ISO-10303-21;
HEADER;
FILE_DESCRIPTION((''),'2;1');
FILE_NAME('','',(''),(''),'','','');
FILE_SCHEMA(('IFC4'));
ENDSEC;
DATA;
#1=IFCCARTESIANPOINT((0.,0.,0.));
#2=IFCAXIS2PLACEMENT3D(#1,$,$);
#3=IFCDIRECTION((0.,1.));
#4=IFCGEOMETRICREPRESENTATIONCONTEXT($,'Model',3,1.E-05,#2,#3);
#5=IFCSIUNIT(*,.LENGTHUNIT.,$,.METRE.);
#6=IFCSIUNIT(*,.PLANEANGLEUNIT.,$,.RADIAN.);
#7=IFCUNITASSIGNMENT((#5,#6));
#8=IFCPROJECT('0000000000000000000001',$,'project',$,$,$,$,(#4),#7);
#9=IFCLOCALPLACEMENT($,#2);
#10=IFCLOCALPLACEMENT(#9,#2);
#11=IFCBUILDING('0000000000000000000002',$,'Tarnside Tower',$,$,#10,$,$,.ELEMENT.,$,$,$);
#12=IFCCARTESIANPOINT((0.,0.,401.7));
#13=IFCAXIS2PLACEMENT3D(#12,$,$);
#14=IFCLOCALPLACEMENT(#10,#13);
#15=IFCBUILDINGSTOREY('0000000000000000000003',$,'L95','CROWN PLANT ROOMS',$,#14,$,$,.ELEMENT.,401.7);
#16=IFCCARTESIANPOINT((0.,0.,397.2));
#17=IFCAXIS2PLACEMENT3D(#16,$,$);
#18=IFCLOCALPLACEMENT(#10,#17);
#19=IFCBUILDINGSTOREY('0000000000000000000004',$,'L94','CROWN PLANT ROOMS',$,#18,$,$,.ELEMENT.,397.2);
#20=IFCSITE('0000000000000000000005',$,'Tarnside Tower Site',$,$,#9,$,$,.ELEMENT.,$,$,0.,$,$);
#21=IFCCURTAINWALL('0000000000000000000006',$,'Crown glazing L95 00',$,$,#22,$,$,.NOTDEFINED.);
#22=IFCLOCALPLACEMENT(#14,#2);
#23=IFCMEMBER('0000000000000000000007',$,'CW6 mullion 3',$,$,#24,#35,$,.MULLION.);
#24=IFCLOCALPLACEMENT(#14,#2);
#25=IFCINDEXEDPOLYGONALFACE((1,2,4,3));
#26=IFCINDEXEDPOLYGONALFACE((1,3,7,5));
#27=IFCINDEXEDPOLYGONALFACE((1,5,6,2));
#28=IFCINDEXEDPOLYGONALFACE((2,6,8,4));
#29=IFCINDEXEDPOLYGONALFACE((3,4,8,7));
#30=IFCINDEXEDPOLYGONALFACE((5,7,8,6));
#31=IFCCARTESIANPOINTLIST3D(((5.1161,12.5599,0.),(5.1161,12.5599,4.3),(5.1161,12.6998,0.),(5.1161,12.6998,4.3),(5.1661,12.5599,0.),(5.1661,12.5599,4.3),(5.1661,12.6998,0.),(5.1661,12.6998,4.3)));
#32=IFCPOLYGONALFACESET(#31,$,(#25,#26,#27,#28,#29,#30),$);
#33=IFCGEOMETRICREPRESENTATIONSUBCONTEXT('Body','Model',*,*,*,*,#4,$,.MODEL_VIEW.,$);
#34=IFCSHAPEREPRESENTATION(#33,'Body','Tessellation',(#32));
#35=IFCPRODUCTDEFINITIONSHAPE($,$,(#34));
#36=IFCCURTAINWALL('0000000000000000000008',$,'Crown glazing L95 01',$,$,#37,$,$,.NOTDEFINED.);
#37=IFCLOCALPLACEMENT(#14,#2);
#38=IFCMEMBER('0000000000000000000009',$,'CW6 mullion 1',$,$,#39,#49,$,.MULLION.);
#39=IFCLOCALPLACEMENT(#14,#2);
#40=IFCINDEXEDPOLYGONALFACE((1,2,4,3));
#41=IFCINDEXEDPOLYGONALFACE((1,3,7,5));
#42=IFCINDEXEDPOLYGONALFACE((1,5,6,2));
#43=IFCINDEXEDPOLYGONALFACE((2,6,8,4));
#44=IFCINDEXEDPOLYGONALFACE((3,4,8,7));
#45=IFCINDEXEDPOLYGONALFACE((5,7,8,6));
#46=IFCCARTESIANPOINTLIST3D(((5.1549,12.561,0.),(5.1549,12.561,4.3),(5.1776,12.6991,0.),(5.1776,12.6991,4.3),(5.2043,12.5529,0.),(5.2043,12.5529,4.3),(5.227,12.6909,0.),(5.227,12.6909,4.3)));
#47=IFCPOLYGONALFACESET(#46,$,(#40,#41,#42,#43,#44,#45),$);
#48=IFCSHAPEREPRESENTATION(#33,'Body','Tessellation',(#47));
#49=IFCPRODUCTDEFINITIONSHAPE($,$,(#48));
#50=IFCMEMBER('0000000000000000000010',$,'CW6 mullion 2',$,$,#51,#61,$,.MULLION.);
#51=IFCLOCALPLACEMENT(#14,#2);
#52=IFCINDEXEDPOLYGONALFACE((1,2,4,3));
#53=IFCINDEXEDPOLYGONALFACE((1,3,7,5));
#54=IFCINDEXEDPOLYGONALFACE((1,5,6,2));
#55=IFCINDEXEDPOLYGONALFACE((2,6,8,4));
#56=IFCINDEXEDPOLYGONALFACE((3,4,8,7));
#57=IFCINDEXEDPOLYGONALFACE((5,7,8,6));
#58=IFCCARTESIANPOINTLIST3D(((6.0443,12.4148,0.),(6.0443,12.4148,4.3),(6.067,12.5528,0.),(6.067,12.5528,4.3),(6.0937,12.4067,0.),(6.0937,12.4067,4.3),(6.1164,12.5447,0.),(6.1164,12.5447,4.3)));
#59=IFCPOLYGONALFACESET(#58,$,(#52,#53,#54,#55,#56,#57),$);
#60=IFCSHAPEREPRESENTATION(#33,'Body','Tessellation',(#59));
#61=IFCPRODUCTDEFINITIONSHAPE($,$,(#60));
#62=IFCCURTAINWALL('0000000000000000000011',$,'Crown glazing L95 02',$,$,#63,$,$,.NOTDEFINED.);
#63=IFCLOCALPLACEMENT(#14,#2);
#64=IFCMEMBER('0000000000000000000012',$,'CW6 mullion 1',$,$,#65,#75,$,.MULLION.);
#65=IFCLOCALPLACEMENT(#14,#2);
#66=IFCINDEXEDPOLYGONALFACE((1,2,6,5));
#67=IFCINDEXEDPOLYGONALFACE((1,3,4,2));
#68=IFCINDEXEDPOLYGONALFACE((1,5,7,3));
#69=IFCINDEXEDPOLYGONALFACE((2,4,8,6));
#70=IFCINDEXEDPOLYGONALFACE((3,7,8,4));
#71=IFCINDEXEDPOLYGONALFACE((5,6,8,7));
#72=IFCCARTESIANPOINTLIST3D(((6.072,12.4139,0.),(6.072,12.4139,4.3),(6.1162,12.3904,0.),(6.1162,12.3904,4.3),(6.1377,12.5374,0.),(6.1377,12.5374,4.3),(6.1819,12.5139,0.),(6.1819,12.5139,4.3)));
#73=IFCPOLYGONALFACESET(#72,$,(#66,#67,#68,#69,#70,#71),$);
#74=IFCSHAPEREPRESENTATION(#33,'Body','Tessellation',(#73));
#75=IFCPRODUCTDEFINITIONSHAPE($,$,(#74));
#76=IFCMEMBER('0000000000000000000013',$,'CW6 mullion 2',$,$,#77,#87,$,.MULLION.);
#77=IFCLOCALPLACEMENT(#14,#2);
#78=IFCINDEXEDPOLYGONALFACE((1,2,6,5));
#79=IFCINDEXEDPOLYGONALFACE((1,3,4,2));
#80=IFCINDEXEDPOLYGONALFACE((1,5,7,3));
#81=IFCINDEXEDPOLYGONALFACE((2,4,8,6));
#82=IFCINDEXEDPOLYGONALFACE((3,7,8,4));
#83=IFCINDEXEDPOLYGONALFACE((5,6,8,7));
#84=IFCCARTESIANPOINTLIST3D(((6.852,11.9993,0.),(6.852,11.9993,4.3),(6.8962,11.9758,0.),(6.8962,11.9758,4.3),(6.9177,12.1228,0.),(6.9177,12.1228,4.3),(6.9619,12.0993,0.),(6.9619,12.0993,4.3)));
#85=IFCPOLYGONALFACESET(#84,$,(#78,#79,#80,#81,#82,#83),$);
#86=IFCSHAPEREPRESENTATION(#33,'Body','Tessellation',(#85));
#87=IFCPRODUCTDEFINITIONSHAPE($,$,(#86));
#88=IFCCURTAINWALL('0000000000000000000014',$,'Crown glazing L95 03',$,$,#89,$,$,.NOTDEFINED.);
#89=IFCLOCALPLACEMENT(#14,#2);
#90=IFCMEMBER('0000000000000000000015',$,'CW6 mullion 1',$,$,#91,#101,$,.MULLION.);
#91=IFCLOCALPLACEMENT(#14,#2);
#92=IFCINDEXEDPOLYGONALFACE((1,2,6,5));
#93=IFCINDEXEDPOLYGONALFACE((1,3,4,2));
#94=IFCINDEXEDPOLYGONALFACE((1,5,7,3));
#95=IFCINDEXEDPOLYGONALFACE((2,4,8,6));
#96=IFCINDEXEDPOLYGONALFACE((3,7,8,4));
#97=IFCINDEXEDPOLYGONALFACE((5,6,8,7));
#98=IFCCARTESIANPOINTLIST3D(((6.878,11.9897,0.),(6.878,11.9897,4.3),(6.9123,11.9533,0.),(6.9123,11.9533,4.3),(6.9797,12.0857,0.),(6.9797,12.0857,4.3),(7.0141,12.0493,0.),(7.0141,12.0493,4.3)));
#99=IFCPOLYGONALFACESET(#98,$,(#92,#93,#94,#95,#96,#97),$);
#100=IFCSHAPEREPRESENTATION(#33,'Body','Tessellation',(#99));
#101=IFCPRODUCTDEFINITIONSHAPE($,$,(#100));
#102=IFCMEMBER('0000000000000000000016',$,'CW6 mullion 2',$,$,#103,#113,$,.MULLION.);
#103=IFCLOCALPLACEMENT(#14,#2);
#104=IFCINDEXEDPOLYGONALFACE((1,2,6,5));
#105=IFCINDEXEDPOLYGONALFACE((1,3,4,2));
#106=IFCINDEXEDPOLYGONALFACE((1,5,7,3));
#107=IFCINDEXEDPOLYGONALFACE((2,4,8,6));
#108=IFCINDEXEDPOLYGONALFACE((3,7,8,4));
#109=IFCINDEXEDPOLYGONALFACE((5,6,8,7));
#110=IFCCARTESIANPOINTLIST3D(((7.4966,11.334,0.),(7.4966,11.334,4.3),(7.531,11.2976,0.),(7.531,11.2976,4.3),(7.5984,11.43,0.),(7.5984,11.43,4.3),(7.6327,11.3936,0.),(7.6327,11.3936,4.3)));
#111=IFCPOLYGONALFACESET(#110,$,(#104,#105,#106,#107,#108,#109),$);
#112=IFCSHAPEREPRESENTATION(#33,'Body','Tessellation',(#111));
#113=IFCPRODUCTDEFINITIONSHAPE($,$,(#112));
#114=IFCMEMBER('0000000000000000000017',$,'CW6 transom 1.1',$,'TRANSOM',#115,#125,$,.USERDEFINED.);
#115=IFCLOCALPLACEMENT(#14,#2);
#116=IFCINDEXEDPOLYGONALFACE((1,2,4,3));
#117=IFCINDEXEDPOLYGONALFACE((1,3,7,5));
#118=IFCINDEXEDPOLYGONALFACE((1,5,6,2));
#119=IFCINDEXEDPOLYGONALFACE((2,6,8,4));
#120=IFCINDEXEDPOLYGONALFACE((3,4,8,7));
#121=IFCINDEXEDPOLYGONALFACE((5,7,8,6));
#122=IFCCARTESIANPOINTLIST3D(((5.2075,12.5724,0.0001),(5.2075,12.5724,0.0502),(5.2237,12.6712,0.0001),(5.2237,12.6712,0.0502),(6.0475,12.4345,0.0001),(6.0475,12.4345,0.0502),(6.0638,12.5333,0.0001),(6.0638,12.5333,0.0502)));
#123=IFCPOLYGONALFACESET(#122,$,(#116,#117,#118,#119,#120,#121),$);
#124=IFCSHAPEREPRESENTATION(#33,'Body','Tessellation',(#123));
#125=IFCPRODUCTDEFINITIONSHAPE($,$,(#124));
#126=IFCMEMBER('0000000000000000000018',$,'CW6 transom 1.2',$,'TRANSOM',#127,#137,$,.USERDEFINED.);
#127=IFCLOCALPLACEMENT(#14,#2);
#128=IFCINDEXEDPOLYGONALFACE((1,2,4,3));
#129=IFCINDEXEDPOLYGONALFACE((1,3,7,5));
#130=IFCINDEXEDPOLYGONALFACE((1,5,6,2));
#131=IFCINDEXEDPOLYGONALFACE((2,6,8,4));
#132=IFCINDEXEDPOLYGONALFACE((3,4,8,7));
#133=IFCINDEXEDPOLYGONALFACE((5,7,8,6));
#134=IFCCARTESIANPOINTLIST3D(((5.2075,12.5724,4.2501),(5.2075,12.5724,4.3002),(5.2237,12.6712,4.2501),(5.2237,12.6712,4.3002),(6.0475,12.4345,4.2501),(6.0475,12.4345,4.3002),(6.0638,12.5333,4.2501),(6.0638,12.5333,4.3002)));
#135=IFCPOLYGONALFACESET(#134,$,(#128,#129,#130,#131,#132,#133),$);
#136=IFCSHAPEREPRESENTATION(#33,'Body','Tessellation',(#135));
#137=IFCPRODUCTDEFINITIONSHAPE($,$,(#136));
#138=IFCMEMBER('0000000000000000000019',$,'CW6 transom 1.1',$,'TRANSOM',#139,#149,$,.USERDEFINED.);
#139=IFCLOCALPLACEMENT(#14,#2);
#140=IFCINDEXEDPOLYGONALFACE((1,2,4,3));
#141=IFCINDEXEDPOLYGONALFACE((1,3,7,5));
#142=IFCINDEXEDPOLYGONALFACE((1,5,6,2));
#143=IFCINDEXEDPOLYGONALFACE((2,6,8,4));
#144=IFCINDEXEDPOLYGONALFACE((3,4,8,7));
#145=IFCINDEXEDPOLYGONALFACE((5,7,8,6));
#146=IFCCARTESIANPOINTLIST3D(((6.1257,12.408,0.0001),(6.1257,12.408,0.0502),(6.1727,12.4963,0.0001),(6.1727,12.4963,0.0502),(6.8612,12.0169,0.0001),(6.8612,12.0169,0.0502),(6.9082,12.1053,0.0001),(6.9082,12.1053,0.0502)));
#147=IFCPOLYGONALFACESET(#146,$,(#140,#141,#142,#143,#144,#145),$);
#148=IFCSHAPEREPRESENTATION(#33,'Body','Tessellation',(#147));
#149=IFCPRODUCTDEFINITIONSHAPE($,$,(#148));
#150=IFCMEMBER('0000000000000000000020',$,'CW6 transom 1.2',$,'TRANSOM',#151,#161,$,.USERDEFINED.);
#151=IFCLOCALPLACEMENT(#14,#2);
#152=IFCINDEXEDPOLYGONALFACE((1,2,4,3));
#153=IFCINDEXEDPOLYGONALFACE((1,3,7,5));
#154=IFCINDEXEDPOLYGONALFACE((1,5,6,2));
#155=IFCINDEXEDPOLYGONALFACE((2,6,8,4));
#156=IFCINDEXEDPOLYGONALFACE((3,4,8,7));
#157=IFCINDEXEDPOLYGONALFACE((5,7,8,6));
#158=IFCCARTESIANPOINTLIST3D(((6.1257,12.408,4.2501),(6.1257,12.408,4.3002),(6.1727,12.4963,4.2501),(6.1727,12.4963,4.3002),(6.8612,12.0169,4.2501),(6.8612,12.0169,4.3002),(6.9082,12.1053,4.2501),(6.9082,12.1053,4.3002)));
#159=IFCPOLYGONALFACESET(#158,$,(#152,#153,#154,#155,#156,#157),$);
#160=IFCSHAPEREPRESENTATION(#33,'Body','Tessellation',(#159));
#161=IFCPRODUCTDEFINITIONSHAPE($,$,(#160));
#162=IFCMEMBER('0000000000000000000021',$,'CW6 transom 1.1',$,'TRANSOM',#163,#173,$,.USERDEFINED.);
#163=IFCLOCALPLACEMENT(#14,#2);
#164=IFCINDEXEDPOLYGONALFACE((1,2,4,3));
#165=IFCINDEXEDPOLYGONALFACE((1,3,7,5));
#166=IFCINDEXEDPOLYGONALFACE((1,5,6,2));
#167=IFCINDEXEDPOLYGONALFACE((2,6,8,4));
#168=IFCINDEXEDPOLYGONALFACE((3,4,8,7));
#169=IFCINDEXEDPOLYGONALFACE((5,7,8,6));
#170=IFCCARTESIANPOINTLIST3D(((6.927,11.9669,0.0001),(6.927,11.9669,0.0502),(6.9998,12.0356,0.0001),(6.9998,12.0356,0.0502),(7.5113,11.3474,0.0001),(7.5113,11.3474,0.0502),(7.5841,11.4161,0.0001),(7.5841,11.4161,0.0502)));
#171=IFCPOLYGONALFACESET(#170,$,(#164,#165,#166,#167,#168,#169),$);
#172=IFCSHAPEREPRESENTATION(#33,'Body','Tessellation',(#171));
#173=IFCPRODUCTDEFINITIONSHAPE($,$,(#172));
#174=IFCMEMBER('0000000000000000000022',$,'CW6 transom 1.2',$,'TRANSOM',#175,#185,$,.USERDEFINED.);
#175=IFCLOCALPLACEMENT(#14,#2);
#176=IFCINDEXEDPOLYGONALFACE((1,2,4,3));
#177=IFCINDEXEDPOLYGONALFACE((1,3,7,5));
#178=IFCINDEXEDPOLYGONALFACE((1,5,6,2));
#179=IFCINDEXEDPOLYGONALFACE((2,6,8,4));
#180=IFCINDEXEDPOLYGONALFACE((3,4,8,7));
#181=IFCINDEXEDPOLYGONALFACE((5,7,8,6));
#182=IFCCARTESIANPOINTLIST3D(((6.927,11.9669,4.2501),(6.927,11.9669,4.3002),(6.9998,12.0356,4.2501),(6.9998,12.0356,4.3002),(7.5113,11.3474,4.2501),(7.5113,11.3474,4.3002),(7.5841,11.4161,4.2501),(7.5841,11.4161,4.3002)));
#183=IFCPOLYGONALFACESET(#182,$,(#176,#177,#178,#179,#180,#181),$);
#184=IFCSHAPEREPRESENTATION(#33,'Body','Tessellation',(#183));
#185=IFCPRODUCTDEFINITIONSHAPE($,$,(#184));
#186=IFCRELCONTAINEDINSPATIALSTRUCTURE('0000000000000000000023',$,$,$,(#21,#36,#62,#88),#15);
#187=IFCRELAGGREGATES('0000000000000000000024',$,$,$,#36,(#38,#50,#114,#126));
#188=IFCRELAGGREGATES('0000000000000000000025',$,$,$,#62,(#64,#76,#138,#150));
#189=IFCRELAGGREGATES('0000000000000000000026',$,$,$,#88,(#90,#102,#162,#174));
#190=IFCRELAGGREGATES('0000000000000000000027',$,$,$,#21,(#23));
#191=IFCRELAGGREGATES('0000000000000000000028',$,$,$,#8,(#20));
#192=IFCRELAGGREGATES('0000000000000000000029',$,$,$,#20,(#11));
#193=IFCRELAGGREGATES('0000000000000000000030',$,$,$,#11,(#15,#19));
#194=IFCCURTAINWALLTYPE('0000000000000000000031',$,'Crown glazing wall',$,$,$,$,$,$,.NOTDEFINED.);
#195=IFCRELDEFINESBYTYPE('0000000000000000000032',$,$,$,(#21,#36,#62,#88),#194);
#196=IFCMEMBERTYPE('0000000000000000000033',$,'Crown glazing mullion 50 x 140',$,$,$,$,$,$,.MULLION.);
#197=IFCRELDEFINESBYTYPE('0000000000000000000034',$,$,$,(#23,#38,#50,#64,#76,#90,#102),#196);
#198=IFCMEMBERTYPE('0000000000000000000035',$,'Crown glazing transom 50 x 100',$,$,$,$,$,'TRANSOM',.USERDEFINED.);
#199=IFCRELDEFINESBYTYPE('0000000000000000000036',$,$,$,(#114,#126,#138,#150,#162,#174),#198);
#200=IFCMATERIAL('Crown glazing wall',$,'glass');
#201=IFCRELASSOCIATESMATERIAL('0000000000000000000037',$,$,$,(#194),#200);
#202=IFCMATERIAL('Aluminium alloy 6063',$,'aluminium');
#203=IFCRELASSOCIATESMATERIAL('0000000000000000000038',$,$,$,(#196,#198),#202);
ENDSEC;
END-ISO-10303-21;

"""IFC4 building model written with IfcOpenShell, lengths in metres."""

from ifc_helpers import new_model, si_unit, direction, frame, origin, origin_2d, place, context, subcontext, project, spatial, rectangle, extrude, material, material_profile, profile_set, type_object, element, aggregate, save


model = new_model("IFC4")

# Units and contexts
model_context = context("Model", 3, precision=1e-05, world=origin(), true_north=direction((0.0, 1.0)))
body_context = subcontext(model_context, "Body", "Model", "MODEL_VIEW")
ifc_project = project(units=[si_unit("LENGTHUNIT", "METRE"), si_unit("PLANEANGLEUNIT", "RADIAN")], contexts=[model_context])

# Site, building, storey
site_placement = place(None, origin())
site = spatial("IfcSite", under=ifc_project, at=site_placement, Name="Tarnside Tower Site", CompositionType="ELEMENT", RefElevation=0.0)
building_placement = place(site_placement, origin())
building = spatial("IfcBuilding", under=site, at=building_placement, Name="Tarnside Tower", CompositionType="ELEMENT")
storey_1_placement = place(building_placement, frame((0.0, 0.0, 401.7)))
storey_1 = spatial("IfcBuildingStorey", under=building, at=storey_1_placement, Name="L95", Description="CROWN PLANT ROOMS", CompositionType="ELEMENT", Elevation=401.7)

# Curtain wall, member
ifc_material_1 = material(Name="Crown glazing wall", Category="glass")
curtain_wall_type = type_object("IfcCurtainWallType", Name="Crown glazing wall", PredefinedType="NOTDEFINED", material=ifc_material_1)
curtain_wall_1_placement = place(storey_1_placement, origin())
curtain_wall_1 = element("IfcCurtainWall", 1, at=curtain_wall_1_placement, inside=storey_1, type_object=curtain_wall_type, Name="Crown glazing L95 00", PredefinedType="NOTDEFINED")
ifc_material_2 = material(Name="Aluminium alloy 6063", Category="aluminium")
ifc_material_profile_1 = material_profile(ifc_material_2, rectangle(XDim=0.1399, YDim=0.05, at=origin_2d()), Name="Crown glazing mullion 50 x 140")
ifc_profile_set_1 = profile_set([ifc_material_profile_1], Name="Aluminium alloy 6063")
member_type_1 = type_object("IfcMemberType", Name="Crown glazing mullion 50 x 140", PredefinedType="MULLION", material=ifc_profile_set_1)
member_1_placement = place(storey_1_placement, frame((5.1411, 12.6299, 0.0), z_axis=(0.0, 0.0, 1.0), x_axis=(0.0, 1.0, 0.0)))
member_1 = element("IfcMember", 2, at=member_1_placement, type_object=member_type_1, Name="CW6 mullion 3", PredefinedType="MULLION", context=body_context, shape_type="SweptSolid", body=[
    extrude(rectangle(XDim=0.1399, YDim=0.05, at=origin_2d()), origin(), (0.0, 0.0, 1.0), 4.3),
])

# Curtain walls, members
curtain_wall_2_placement = place(storey_1_placement, origin())
curtain_wall_2 = element("IfcCurtainWall", 3, at=curtain_wall_2_placement, inside=storey_1, type_object=curtain_wall_type, Name="Crown glazing L95 01", PredefinedType="NOTDEFINED")
member_2_placement = place(storey_1_placement, frame((5.1909, 12.626, 0.0), z_axis=(0.0, 0.0, 1.0), x_axis=(0.162178, 0.986762, 0.0)))
member_2 = element("IfcMember", 4, at=member_2_placement, type_object=member_type_1, Name="CW6 mullion 1", PredefinedType="MULLION", context=body_context, shape_type="SweptSolid", body=[
    extrude(rectangle(XDim=0.1399, YDim=0.05, at=origin_2d()), origin(), (0.0, 0.0, 1.0), 4.3),
])
member_3_placement = place(storey_1_placement, frame((6.0803, 12.4797, 0.0), z_axis=(0.0, 0.0, 1.0), x_axis=(0.162178, 0.986762, 0.0)))
member_3 = element("IfcMember", 5, at=member_3_placement, type_object=member_type_1, Name="CW6 mullion 2", PredefinedType="MULLION", context=body_context, shape_type="SweptSolid", body=[
    extrude(rectangle(XDim=0.1399, YDim=0.05, at=origin_2d()), origin(), (0.0, 0.0, 1.0), 4.3),
])
curtain_wall_3_placement = place(storey_1_placement, origin())
curtain_wall_3 = element("IfcCurtainWall", 6, at=curtain_wall_3_placement, inside=storey_1, type_object=curtain_wall_type, Name="Crown glazing L95 02", PredefinedType="NOTDEFINED")
member_4_placement = place(storey_1_placement, frame((6.127, 12.4639, 0.0), z_axis=(0.0, 0.0, 1.0), x_axis=(0.469472, 0.882948, 0.0)))
member_4 = element("IfcMember", 7, at=member_4_placement, type_object=member_type_1, Name="CW6 mullion 1", PredefinedType="MULLION", context=body_context, shape_type="SweptSolid", body=[
    extrude(rectangle(XDim=0.1399, YDim=0.05, at=origin_2d()), origin(), (0.0, 0.0, 1.0), 4.3),
])
member_5_placement = place(storey_1_placement, frame((6.907, 12.0493, 0.0), z_axis=(0.0, 0.0, 1.0), x_axis=(0.469472, 0.882948, 0.0)))
member_5 = element("IfcMember", 8, at=member_5_placement, type_object=member_type_1, Name="CW6 mullion 2", PredefinedType="MULLION", context=body_context, shape_type="SweptSolid", body=[
    extrude(rectangle(XDim=0.1399, YDim=0.05, at=origin_2d()), origin(), (0.0, 0.0, 1.0), 4.3),
])
curtain_wall_4_placement = place(storey_1_placement, origin())
curtain_wall_4 = element("IfcCurtainWall", 9, at=curtain_wall_4_placement, inside=storey_1, type_object=curtain_wall_type, Name="Crown glazing L95 03", PredefinedType="NOTDEFINED")
member_6_placement = place(storey_1_placement, frame((6.946, 12.0195, 0.0), z_axis=(0.0, 0.0, 1.0), x_axis=(0.727374, 0.686242, 0.0)))
member_6 = element("IfcMember", 10, at=member_6_placement, type_object=member_type_1, Name="CW6 mullion 1", PredefinedType="MULLION", context=body_context, shape_type="SweptSolid", body=[
    extrude(rectangle(XDim=0.1399, YDim=0.05, at=origin_2d()), origin(), (0.0, 0.0, 1.0), 4.3),
])
member_7_placement = place(storey_1_placement, frame((7.5647, 11.3638, 0.0), z_axis=(0.0, 0.0, 1.0), x_axis=(0.727374, 0.686242, 0.0)))
member_7 = element("IfcMember", 11, at=member_7_placement, type_object=member_type_1, Name="CW6 mullion 2", PredefinedType="MULLION", context=body_context, shape_type="SweptSolid", body=[
    extrude(rectangle(XDim=0.1399, YDim=0.05, at=origin_2d()), origin(), (0.0, 0.0, 1.0), 4.3),
])

# Members
ifc_material_profile_2 = material_profile(ifc_material_2, rectangle(XDim=0.1001, YDim=0.05, at=origin_2d()), Name="Crown glazing transom 50 x 100")
ifc_profile_set_2 = profile_set([ifc_material_profile_2], Name="Aluminium alloy 6063")
member_type_2 = type_object("IfcMemberType", Name="Crown glazing transom 50 x 100", ElementType="TRANSOM", PredefinedType="USERDEFINED", material=ifc_profile_set_2)
member_8_placement = place(storey_1_placement, frame((5.2156, 12.6218, 0.0251), z_axis=(0.986786, -0.162027, 0.0), x_axis=(0.162027, 0.986786, 0.0)))
member_8 = element("IfcMember", 12, at=member_8_placement, type_object=member_type_2, Name="CW6 transom 1.1", ObjectType="TRANSOM", PredefinedType="USERDEFINED", context=body_context, shape_type="SweptSolid", body=[
    extrude(rectangle(XDim=0.1001, YDim=0.05, at=origin_2d()), origin(), (0.0, 0.0, 1.0), 0.8513),
])
member_9_placement = place(storey_1_placement, frame((5.2156, 12.6218, 4.2751), z_axis=(0.986786, -0.162027, 0.0), x_axis=(0.162027, 0.986786, 0.0)))
member_9 = element("IfcMember", 13, at=member_9_placement, type_object=member_type_2, Name="CW6 transom 1.2", ObjectType="TRANSOM", PredefinedType="USERDEFINED", context=body_context, shape_type="SweptSolid", body=[
    extrude(rectangle(XDim=0.1001, YDim=0.05, at=origin_2d()), origin(), (0.0, 0.0, 1.0), 0.8513),
])
member_10_placement = place(storey_1_placement, frame((6.1492, 12.4521, 0.0251), z_axis=(0.882953, -0.469462, 0.0), x_axis=(0.469462, 0.882953, 0.0)))
member_10 = element("IfcMember", 14, at=member_10_placement, type_object=member_type_2, Name="CW6 transom 1.1", ObjectType="TRANSOM", PredefinedType="USERDEFINED", context=body_context, shape_type="SweptSolid", body=[
    extrude(rectangle(XDim=0.1001, YDim=0.05, at=origin_2d()), origin(), (0.0, 0.0, 1.0), 0.833),
])
member_11_placement = place(storey_1_placement, frame((6.1492, 12.4521, 4.2751), z_axis=(0.882953, -0.469462, 0.0), x_axis=(0.469462, 0.882953, 0.0)))
member_11 = element("IfcMember", 15, at=member_11_placement, type_object=member_type_2, Name="CW6 transom 1.2", ObjectType="TRANSOM", PredefinedType="USERDEFINED", context=body_context, shape_type="SweptSolid", body=[
    extrude(rectangle(XDim=0.1001, YDim=0.05, at=origin_2d()), origin(), (0.0, 0.0, 1.0), 0.833),
])
member_12_placement = place(storey_1_placement, frame((6.9634, 12.0012, 0.0251), z_axis=(0.68616, -0.72745, 0.0), x_axis=(0.72745, 0.68616, 0.0)))
member_12 = element("IfcMember", 16, at=member_12_placement, type_object=member_type_2, Name="CW6 transom 1.1", ObjectType="TRANSOM", PredefinedType="USERDEFINED", context=body_context, shape_type="SweptSolid", body=[
    extrude(rectangle(XDim=0.1001, YDim=0.05, at=origin_2d()), origin(), (0.0, 0.0, 1.0), 0.8516),
])
member_13_placement = place(storey_1_placement, frame((6.9634, 12.0012, 4.2751), z_axis=(0.68616, -0.72745, 0.0), x_axis=(0.72745, 0.68616, 0.0)))
member_13 = element("IfcMember", 17, at=member_13_placement, type_object=member_type_2, Name="CW6 transom 1.2", ObjectType="TRANSOM", PredefinedType="USERDEFINED", context=body_context, shape_type="SweptSolid", body=[
    extrude(rectangle(XDim=0.1001, YDim=0.05, at=origin_2d()), origin(), (0.0, 0.0, 1.0), 0.8516),
])

aggregate(curtain_wall_2, [member_2, member_3, member_8, member_9])
aggregate(curtain_wall_3, [member_4, member_5, member_10, member_11])
aggregate(curtain_wall_4, [member_6, member_7, member_12, member_13])
aggregate(curtain_wall_1, [member_1])

# Shared definitions
storey_2_placement = place(building_placement, frame((0.0, 0.0, 397.2)))
storey_2 = spatial("IfcBuildingStorey", under=building, at=storey_2_placement, Name="L94", Description="CROWN PLANT ROOMS", CompositionType="ELEMENT", Elevation=397.2)

save(model, "model.ifc")
